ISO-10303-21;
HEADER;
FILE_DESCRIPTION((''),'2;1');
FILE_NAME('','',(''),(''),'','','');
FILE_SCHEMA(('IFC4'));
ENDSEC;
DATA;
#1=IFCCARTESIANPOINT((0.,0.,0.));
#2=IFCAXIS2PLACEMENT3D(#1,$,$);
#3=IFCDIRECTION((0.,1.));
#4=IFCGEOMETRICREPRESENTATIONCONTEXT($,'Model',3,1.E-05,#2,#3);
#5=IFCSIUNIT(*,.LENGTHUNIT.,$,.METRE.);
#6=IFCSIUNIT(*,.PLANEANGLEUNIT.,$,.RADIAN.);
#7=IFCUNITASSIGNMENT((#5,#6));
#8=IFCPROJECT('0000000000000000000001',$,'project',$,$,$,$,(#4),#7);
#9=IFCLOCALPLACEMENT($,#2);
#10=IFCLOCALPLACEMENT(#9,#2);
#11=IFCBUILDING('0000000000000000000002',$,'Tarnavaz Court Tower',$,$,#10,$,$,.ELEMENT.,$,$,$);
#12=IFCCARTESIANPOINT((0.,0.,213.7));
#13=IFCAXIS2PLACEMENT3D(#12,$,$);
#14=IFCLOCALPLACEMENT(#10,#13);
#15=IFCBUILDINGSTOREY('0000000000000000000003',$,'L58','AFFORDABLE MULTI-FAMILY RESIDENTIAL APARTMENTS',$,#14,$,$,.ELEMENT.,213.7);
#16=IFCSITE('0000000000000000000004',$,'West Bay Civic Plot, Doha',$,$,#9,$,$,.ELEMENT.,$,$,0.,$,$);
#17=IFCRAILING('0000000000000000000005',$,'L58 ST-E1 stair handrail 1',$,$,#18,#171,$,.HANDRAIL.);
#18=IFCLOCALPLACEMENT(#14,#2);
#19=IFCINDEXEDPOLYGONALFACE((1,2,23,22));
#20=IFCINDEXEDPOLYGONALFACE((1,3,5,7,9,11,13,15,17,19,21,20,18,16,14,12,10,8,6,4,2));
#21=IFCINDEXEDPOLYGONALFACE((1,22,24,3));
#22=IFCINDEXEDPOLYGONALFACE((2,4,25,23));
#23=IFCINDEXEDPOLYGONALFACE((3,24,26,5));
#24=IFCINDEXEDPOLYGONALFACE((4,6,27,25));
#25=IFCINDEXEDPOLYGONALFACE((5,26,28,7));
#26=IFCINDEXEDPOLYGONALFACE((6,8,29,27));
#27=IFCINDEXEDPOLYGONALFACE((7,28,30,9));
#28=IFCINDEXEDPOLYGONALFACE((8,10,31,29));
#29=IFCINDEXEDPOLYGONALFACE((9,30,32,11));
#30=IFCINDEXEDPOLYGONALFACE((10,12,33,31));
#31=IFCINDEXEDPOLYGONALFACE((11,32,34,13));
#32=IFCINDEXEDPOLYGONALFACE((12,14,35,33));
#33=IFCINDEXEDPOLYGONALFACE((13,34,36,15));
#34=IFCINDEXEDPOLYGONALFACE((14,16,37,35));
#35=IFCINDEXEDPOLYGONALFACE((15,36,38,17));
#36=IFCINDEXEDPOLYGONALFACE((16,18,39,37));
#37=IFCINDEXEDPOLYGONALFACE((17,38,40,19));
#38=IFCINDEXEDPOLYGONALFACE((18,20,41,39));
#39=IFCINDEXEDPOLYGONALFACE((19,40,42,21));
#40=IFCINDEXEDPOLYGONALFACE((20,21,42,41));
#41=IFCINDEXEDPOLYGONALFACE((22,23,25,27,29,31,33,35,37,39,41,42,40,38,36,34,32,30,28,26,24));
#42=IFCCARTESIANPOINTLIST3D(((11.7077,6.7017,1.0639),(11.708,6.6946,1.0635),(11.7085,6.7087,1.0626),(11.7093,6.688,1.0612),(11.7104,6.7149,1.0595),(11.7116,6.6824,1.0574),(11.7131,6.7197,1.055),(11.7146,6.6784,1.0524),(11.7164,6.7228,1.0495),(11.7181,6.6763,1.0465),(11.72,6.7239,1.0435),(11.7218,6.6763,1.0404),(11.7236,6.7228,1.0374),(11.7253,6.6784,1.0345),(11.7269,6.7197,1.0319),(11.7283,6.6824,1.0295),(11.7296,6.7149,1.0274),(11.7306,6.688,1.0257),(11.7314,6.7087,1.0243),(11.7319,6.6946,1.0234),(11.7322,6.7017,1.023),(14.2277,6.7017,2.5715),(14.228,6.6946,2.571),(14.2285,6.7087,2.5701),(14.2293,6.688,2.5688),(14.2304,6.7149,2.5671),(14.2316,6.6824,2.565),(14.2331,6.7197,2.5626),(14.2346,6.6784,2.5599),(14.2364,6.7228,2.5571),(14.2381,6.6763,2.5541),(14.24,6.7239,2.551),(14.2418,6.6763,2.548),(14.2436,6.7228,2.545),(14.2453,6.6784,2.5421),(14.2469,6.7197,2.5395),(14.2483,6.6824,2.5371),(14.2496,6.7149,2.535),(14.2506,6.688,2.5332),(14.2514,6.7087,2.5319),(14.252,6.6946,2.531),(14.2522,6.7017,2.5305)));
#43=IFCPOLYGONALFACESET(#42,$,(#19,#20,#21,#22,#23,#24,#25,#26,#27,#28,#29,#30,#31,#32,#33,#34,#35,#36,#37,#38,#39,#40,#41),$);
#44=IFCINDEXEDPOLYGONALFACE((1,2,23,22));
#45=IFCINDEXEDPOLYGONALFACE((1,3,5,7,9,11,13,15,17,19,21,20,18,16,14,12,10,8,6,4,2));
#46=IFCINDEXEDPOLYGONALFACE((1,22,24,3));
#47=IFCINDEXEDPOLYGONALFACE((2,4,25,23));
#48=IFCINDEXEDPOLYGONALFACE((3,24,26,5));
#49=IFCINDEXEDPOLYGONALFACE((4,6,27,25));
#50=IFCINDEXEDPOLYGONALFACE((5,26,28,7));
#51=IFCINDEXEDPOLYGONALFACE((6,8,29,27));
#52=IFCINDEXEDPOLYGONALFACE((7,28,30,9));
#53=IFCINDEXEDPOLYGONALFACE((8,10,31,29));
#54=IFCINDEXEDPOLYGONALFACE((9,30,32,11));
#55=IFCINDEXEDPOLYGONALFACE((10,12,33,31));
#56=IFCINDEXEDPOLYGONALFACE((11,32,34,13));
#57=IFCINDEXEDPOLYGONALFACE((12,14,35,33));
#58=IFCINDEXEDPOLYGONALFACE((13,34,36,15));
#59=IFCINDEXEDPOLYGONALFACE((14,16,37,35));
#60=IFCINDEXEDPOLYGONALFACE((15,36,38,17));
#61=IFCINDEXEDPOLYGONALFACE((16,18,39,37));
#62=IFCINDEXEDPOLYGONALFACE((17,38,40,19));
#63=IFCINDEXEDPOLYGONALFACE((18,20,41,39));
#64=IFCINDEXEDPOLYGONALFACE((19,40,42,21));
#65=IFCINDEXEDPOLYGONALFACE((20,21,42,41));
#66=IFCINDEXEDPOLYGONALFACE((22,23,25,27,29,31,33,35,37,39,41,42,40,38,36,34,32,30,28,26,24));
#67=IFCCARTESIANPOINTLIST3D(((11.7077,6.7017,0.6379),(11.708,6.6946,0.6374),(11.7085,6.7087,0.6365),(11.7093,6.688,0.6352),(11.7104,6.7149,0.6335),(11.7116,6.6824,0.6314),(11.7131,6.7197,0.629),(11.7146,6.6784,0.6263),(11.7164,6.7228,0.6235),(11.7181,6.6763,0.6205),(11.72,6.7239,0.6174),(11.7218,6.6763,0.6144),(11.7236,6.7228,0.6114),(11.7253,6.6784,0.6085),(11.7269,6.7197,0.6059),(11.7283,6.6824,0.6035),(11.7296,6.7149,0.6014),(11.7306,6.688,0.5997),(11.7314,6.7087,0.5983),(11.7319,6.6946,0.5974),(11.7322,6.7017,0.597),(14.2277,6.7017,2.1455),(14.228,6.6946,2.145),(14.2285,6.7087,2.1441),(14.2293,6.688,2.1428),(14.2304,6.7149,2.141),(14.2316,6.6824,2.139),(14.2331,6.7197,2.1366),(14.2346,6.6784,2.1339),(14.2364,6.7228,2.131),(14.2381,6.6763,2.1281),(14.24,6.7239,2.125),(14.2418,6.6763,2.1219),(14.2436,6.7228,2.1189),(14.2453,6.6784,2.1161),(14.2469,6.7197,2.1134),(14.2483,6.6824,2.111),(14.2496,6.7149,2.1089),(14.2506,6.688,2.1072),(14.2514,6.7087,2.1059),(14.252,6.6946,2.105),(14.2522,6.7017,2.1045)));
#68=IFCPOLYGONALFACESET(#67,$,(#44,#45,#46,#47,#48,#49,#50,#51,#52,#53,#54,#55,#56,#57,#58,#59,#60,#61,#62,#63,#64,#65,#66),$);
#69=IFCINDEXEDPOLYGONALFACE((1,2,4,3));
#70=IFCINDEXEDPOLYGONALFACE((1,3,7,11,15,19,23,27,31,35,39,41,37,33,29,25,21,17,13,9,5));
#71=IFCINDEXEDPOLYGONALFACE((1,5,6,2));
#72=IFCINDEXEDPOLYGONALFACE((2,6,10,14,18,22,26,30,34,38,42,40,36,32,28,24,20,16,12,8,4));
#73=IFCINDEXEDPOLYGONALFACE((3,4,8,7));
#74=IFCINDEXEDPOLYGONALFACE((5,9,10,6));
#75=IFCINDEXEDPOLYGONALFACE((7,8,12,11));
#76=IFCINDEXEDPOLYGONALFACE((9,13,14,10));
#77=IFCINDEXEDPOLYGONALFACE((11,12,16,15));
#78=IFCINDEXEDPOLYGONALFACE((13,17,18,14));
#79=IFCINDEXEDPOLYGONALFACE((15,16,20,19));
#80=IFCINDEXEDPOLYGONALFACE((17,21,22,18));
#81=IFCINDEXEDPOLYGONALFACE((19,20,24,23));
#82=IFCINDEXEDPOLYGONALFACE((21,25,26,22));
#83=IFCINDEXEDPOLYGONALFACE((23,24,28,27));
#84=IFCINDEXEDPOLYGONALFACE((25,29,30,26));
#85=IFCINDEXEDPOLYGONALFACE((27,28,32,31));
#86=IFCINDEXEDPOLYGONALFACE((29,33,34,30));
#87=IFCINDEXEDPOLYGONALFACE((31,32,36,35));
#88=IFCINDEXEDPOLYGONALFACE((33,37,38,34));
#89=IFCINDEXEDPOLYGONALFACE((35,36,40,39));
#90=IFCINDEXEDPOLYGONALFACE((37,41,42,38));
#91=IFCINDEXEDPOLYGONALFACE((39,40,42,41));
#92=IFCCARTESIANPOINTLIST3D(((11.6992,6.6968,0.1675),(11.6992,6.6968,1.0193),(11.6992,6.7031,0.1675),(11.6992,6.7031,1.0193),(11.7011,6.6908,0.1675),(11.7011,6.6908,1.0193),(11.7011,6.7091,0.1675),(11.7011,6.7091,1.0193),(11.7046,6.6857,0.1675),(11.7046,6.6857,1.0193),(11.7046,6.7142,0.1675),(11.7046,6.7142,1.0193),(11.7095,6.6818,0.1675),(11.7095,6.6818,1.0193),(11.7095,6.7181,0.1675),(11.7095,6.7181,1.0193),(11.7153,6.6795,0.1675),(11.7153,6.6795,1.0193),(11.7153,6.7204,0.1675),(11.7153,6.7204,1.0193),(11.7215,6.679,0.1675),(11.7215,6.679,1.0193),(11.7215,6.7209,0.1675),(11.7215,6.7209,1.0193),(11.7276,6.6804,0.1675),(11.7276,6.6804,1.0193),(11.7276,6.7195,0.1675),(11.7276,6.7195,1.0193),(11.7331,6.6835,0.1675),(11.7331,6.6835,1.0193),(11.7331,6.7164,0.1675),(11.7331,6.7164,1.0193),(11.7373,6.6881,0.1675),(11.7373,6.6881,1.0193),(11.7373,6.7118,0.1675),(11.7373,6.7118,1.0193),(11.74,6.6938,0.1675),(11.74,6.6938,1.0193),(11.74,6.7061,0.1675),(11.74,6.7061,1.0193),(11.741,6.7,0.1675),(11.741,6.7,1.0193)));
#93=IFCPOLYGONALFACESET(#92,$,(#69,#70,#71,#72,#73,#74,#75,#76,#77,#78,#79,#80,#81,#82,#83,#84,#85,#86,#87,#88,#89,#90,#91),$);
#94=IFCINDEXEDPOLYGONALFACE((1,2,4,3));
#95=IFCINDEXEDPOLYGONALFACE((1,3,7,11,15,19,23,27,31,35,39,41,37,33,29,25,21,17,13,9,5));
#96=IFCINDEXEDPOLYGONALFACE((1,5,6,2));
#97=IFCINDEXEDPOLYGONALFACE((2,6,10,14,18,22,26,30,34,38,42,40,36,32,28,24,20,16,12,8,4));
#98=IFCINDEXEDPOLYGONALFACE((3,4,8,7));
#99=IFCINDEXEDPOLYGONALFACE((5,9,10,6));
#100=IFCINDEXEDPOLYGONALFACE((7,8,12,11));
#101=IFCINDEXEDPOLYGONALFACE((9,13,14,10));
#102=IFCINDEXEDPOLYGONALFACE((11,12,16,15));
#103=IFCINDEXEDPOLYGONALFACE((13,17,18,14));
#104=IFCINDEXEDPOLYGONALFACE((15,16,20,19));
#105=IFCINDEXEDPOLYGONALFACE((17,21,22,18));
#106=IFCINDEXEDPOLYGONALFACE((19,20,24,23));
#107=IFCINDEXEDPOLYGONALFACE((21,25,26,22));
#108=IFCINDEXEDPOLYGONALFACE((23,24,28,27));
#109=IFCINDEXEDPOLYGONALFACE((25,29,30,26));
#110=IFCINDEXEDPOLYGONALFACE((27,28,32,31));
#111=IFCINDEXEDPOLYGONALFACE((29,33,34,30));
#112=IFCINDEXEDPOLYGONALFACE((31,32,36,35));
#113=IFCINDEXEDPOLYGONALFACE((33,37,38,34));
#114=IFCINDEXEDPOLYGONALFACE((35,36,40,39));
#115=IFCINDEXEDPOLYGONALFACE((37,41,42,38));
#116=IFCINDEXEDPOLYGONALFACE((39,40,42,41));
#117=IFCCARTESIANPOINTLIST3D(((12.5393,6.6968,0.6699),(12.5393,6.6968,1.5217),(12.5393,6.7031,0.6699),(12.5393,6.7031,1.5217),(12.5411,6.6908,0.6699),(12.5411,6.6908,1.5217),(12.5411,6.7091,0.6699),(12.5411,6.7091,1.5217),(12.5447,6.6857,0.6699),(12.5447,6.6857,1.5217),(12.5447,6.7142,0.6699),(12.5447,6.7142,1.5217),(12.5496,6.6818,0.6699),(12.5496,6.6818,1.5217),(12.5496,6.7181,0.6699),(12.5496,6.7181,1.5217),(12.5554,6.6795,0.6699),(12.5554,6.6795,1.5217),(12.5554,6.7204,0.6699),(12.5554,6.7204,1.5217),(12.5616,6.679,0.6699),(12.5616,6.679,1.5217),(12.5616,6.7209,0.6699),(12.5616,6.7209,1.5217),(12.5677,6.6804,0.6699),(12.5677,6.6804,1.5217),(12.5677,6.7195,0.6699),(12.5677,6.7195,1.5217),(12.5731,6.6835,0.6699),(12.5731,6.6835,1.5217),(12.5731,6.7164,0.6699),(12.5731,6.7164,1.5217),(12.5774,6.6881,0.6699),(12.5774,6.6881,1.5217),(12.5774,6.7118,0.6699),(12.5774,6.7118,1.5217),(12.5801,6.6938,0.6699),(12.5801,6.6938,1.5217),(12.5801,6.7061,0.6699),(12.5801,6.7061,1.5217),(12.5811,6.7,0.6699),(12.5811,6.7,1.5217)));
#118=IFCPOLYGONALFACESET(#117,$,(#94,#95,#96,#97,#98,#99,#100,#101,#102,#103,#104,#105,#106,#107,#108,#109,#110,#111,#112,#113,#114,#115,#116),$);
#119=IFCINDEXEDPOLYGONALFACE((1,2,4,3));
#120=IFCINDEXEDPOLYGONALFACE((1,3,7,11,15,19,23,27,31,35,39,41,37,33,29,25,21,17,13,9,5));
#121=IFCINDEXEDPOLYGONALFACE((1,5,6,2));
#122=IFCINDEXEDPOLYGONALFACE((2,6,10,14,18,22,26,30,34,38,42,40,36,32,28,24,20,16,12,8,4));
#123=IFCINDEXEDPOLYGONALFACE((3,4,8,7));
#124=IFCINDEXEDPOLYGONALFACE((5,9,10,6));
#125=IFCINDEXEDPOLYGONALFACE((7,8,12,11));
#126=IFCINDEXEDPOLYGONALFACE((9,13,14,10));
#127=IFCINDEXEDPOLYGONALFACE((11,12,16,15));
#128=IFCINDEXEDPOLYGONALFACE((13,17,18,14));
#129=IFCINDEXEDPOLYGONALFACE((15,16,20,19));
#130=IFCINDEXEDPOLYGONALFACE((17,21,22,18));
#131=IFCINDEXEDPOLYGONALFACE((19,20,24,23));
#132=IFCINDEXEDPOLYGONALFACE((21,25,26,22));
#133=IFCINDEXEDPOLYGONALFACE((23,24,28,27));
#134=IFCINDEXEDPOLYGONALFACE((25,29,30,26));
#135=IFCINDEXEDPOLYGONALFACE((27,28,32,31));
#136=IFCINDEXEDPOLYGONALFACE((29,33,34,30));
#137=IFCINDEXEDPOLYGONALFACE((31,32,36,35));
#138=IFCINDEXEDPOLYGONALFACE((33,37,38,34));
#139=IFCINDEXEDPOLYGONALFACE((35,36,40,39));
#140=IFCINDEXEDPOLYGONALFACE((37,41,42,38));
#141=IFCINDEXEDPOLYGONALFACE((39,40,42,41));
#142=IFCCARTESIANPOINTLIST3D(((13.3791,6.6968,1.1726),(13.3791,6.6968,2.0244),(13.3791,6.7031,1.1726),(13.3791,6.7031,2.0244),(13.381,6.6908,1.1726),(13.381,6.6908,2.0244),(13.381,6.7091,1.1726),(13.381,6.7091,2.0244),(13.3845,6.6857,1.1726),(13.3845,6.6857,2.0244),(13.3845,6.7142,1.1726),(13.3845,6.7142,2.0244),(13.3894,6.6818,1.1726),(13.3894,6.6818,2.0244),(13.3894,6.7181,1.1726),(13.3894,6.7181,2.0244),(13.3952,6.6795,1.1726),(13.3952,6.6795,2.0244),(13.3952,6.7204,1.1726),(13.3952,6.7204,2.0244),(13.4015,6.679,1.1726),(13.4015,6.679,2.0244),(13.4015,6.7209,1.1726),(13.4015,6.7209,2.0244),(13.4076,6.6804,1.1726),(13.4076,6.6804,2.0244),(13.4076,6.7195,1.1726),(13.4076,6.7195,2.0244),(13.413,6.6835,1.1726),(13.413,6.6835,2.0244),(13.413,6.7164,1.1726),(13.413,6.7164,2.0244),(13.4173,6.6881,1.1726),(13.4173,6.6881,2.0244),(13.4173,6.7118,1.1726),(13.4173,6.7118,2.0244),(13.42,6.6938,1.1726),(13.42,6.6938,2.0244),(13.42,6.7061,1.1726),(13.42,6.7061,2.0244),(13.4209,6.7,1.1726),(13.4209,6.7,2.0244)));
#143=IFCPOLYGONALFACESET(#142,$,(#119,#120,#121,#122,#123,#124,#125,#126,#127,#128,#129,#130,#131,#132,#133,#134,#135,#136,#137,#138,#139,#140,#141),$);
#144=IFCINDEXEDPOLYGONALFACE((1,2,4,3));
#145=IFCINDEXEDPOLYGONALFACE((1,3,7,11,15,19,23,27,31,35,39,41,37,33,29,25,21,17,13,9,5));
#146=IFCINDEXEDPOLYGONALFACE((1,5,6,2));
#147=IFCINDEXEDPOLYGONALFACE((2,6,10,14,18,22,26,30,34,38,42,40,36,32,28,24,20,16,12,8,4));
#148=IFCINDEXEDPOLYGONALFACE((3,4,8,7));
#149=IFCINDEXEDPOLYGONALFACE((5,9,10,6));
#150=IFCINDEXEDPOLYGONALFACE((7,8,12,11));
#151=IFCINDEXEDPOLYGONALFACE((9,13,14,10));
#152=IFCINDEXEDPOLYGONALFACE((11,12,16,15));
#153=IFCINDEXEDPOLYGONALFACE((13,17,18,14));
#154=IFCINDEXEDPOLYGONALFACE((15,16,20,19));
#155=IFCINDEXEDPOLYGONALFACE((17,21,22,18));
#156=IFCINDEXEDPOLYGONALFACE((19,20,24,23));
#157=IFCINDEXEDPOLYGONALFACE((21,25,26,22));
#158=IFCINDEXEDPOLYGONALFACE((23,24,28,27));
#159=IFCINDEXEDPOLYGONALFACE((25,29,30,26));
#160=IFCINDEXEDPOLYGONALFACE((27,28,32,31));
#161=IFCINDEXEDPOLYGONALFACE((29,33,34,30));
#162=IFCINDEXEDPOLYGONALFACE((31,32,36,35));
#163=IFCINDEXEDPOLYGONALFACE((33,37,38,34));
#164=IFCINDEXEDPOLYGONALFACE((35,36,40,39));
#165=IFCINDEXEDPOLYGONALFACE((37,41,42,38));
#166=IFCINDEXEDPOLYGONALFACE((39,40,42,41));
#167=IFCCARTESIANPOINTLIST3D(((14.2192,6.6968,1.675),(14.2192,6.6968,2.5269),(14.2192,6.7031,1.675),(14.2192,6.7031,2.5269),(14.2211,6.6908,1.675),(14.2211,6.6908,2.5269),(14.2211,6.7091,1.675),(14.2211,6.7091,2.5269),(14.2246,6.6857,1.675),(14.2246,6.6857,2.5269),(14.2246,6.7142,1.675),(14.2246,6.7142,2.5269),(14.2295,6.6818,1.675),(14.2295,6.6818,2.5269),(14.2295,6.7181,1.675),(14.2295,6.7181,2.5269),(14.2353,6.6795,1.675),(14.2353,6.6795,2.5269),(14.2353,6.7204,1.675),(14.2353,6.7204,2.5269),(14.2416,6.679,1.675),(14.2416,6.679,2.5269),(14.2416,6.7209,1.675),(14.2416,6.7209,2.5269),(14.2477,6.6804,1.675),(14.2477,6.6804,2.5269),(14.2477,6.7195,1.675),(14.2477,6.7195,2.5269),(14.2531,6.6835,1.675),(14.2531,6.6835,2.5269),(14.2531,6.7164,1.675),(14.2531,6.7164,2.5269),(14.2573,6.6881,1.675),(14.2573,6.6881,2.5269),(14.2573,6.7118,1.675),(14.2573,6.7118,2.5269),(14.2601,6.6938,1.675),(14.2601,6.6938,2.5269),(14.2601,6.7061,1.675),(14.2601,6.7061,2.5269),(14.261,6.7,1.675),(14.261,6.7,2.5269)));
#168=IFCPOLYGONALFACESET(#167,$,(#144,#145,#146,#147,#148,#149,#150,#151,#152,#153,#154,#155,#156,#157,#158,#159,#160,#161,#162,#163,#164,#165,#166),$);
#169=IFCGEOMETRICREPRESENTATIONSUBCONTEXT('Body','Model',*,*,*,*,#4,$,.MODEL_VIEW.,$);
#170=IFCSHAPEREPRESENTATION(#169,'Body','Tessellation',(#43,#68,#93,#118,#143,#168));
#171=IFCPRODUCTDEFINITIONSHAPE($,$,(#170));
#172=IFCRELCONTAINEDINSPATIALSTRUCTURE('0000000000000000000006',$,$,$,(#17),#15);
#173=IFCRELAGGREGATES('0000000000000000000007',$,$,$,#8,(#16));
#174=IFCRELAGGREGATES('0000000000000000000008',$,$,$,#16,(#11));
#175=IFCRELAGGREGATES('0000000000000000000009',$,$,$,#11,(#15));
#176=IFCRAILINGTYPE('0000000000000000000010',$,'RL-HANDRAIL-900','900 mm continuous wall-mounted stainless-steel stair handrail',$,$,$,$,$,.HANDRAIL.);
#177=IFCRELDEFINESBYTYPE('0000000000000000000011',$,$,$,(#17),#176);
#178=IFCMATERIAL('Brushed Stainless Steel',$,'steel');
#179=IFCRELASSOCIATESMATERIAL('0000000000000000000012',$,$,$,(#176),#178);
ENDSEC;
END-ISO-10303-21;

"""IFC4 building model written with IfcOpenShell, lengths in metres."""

from ifc_helpers import new_model, si_unit, direction, frame, origin, origin_2d, place, context, subcontext, project, spatial, circle, extrude, material, type_object, element, save


model = new_model("IFC4")

# Units and contexts
model_context = context("Model", 3, precision=1e-05, world=origin(), true_north=direction((0.0, 1.0)))
body_context = subcontext(model_context, "Body", "Model", "MODEL_VIEW")
ifc_project = project(units=[si_unit("LENGTHUNIT", "METRE"), si_unit("PLANEANGLEUNIT", "RADIAN")], contexts=[model_context])

# Site, building, storey
site_placement = place(None, origin())
site = spatial("IfcSite", under=ifc_project, at=site_placement, Name="West Bay Civic Plot, Doha", CompositionType="ELEMENT", RefElevation=0.0)
building_placement = place(site_placement, origin())
building = spatial("IfcBuilding", under=site, at=building_placement, Name="Tarnavaz Court Tower", CompositionType="ELEMENT")
storey_placement = place(building_placement, frame((0.0, 0.0, 213.7)))
storey = spatial("IfcBuildingStorey", under=building, at=storey_placement, Name="L58", Description="AFFORDABLE MULTI-FAMILY RESIDENTIAL APARTMENTS", CompositionType="ELEMENT", Elevation=213.7)

# Railing
ifc_material_1 = material(Name="Brushed Stainless Steel", Category="steel")
railing_type_1 = type_object("IfcRailingType", Name="RL-HANDRAIL-900", Description="900 mm continuous wall-mounted stainless-steel stair handrail", PredefinedType="HANDRAIL", material=ifc_material_1)
railing_1_placement = place(storey_placement, frame((11.72, 6.7, 0.1675)))
element("IfcRailing", 1, at=railing_1_placement, inside=storey, type_object=railing_type_1, Name="L58 ST-E1 stair handrail 1", PredefinedType="HANDRAIL", context=body_context, shape_type="SweptSolid", body=[
    extrude(circle(Radius=0.0239, at=origin_2d()), frame((0.0, 0.0, 0.876), z_axis=(0.85816, 0.0, 0.513383), x_axis=(0.0, 1.0, 0.0)), (0.0, 0.0, 1.0), 2.9365),
    extrude(circle(Radius=0.0239, at=origin_2d()), frame((0.0, 0.0, 0.45), z_axis=(0.85816, 0.0, 0.513383), x_axis=(0.0, 1.0, 0.0)), (0.0, 0.0, 1.0), 2.9365),
    extrude(circle(Radius=0.021, at=origin_2d()), origin(), (0.0, 0.0, 1.0), 0.8518),
    extrude(circle(Radius=0.021, at=origin_2d()), frame((0.8401, 0.0, 0.5024)), (0.0, 0.0, 1.0), 0.8518),
    extrude(circle(Radius=0.021, at=origin_2d()), frame((1.6799, 0.0, 1.0051)), (0.0, 0.0, 1.0), 0.8518),
    extrude(circle(Radius=0.021, at=origin_2d()), frame((2.52, 0.0, 1.5076)), (0.0, 0.0, 1.0), 0.8518),
])

save(model, "model.ifc")
